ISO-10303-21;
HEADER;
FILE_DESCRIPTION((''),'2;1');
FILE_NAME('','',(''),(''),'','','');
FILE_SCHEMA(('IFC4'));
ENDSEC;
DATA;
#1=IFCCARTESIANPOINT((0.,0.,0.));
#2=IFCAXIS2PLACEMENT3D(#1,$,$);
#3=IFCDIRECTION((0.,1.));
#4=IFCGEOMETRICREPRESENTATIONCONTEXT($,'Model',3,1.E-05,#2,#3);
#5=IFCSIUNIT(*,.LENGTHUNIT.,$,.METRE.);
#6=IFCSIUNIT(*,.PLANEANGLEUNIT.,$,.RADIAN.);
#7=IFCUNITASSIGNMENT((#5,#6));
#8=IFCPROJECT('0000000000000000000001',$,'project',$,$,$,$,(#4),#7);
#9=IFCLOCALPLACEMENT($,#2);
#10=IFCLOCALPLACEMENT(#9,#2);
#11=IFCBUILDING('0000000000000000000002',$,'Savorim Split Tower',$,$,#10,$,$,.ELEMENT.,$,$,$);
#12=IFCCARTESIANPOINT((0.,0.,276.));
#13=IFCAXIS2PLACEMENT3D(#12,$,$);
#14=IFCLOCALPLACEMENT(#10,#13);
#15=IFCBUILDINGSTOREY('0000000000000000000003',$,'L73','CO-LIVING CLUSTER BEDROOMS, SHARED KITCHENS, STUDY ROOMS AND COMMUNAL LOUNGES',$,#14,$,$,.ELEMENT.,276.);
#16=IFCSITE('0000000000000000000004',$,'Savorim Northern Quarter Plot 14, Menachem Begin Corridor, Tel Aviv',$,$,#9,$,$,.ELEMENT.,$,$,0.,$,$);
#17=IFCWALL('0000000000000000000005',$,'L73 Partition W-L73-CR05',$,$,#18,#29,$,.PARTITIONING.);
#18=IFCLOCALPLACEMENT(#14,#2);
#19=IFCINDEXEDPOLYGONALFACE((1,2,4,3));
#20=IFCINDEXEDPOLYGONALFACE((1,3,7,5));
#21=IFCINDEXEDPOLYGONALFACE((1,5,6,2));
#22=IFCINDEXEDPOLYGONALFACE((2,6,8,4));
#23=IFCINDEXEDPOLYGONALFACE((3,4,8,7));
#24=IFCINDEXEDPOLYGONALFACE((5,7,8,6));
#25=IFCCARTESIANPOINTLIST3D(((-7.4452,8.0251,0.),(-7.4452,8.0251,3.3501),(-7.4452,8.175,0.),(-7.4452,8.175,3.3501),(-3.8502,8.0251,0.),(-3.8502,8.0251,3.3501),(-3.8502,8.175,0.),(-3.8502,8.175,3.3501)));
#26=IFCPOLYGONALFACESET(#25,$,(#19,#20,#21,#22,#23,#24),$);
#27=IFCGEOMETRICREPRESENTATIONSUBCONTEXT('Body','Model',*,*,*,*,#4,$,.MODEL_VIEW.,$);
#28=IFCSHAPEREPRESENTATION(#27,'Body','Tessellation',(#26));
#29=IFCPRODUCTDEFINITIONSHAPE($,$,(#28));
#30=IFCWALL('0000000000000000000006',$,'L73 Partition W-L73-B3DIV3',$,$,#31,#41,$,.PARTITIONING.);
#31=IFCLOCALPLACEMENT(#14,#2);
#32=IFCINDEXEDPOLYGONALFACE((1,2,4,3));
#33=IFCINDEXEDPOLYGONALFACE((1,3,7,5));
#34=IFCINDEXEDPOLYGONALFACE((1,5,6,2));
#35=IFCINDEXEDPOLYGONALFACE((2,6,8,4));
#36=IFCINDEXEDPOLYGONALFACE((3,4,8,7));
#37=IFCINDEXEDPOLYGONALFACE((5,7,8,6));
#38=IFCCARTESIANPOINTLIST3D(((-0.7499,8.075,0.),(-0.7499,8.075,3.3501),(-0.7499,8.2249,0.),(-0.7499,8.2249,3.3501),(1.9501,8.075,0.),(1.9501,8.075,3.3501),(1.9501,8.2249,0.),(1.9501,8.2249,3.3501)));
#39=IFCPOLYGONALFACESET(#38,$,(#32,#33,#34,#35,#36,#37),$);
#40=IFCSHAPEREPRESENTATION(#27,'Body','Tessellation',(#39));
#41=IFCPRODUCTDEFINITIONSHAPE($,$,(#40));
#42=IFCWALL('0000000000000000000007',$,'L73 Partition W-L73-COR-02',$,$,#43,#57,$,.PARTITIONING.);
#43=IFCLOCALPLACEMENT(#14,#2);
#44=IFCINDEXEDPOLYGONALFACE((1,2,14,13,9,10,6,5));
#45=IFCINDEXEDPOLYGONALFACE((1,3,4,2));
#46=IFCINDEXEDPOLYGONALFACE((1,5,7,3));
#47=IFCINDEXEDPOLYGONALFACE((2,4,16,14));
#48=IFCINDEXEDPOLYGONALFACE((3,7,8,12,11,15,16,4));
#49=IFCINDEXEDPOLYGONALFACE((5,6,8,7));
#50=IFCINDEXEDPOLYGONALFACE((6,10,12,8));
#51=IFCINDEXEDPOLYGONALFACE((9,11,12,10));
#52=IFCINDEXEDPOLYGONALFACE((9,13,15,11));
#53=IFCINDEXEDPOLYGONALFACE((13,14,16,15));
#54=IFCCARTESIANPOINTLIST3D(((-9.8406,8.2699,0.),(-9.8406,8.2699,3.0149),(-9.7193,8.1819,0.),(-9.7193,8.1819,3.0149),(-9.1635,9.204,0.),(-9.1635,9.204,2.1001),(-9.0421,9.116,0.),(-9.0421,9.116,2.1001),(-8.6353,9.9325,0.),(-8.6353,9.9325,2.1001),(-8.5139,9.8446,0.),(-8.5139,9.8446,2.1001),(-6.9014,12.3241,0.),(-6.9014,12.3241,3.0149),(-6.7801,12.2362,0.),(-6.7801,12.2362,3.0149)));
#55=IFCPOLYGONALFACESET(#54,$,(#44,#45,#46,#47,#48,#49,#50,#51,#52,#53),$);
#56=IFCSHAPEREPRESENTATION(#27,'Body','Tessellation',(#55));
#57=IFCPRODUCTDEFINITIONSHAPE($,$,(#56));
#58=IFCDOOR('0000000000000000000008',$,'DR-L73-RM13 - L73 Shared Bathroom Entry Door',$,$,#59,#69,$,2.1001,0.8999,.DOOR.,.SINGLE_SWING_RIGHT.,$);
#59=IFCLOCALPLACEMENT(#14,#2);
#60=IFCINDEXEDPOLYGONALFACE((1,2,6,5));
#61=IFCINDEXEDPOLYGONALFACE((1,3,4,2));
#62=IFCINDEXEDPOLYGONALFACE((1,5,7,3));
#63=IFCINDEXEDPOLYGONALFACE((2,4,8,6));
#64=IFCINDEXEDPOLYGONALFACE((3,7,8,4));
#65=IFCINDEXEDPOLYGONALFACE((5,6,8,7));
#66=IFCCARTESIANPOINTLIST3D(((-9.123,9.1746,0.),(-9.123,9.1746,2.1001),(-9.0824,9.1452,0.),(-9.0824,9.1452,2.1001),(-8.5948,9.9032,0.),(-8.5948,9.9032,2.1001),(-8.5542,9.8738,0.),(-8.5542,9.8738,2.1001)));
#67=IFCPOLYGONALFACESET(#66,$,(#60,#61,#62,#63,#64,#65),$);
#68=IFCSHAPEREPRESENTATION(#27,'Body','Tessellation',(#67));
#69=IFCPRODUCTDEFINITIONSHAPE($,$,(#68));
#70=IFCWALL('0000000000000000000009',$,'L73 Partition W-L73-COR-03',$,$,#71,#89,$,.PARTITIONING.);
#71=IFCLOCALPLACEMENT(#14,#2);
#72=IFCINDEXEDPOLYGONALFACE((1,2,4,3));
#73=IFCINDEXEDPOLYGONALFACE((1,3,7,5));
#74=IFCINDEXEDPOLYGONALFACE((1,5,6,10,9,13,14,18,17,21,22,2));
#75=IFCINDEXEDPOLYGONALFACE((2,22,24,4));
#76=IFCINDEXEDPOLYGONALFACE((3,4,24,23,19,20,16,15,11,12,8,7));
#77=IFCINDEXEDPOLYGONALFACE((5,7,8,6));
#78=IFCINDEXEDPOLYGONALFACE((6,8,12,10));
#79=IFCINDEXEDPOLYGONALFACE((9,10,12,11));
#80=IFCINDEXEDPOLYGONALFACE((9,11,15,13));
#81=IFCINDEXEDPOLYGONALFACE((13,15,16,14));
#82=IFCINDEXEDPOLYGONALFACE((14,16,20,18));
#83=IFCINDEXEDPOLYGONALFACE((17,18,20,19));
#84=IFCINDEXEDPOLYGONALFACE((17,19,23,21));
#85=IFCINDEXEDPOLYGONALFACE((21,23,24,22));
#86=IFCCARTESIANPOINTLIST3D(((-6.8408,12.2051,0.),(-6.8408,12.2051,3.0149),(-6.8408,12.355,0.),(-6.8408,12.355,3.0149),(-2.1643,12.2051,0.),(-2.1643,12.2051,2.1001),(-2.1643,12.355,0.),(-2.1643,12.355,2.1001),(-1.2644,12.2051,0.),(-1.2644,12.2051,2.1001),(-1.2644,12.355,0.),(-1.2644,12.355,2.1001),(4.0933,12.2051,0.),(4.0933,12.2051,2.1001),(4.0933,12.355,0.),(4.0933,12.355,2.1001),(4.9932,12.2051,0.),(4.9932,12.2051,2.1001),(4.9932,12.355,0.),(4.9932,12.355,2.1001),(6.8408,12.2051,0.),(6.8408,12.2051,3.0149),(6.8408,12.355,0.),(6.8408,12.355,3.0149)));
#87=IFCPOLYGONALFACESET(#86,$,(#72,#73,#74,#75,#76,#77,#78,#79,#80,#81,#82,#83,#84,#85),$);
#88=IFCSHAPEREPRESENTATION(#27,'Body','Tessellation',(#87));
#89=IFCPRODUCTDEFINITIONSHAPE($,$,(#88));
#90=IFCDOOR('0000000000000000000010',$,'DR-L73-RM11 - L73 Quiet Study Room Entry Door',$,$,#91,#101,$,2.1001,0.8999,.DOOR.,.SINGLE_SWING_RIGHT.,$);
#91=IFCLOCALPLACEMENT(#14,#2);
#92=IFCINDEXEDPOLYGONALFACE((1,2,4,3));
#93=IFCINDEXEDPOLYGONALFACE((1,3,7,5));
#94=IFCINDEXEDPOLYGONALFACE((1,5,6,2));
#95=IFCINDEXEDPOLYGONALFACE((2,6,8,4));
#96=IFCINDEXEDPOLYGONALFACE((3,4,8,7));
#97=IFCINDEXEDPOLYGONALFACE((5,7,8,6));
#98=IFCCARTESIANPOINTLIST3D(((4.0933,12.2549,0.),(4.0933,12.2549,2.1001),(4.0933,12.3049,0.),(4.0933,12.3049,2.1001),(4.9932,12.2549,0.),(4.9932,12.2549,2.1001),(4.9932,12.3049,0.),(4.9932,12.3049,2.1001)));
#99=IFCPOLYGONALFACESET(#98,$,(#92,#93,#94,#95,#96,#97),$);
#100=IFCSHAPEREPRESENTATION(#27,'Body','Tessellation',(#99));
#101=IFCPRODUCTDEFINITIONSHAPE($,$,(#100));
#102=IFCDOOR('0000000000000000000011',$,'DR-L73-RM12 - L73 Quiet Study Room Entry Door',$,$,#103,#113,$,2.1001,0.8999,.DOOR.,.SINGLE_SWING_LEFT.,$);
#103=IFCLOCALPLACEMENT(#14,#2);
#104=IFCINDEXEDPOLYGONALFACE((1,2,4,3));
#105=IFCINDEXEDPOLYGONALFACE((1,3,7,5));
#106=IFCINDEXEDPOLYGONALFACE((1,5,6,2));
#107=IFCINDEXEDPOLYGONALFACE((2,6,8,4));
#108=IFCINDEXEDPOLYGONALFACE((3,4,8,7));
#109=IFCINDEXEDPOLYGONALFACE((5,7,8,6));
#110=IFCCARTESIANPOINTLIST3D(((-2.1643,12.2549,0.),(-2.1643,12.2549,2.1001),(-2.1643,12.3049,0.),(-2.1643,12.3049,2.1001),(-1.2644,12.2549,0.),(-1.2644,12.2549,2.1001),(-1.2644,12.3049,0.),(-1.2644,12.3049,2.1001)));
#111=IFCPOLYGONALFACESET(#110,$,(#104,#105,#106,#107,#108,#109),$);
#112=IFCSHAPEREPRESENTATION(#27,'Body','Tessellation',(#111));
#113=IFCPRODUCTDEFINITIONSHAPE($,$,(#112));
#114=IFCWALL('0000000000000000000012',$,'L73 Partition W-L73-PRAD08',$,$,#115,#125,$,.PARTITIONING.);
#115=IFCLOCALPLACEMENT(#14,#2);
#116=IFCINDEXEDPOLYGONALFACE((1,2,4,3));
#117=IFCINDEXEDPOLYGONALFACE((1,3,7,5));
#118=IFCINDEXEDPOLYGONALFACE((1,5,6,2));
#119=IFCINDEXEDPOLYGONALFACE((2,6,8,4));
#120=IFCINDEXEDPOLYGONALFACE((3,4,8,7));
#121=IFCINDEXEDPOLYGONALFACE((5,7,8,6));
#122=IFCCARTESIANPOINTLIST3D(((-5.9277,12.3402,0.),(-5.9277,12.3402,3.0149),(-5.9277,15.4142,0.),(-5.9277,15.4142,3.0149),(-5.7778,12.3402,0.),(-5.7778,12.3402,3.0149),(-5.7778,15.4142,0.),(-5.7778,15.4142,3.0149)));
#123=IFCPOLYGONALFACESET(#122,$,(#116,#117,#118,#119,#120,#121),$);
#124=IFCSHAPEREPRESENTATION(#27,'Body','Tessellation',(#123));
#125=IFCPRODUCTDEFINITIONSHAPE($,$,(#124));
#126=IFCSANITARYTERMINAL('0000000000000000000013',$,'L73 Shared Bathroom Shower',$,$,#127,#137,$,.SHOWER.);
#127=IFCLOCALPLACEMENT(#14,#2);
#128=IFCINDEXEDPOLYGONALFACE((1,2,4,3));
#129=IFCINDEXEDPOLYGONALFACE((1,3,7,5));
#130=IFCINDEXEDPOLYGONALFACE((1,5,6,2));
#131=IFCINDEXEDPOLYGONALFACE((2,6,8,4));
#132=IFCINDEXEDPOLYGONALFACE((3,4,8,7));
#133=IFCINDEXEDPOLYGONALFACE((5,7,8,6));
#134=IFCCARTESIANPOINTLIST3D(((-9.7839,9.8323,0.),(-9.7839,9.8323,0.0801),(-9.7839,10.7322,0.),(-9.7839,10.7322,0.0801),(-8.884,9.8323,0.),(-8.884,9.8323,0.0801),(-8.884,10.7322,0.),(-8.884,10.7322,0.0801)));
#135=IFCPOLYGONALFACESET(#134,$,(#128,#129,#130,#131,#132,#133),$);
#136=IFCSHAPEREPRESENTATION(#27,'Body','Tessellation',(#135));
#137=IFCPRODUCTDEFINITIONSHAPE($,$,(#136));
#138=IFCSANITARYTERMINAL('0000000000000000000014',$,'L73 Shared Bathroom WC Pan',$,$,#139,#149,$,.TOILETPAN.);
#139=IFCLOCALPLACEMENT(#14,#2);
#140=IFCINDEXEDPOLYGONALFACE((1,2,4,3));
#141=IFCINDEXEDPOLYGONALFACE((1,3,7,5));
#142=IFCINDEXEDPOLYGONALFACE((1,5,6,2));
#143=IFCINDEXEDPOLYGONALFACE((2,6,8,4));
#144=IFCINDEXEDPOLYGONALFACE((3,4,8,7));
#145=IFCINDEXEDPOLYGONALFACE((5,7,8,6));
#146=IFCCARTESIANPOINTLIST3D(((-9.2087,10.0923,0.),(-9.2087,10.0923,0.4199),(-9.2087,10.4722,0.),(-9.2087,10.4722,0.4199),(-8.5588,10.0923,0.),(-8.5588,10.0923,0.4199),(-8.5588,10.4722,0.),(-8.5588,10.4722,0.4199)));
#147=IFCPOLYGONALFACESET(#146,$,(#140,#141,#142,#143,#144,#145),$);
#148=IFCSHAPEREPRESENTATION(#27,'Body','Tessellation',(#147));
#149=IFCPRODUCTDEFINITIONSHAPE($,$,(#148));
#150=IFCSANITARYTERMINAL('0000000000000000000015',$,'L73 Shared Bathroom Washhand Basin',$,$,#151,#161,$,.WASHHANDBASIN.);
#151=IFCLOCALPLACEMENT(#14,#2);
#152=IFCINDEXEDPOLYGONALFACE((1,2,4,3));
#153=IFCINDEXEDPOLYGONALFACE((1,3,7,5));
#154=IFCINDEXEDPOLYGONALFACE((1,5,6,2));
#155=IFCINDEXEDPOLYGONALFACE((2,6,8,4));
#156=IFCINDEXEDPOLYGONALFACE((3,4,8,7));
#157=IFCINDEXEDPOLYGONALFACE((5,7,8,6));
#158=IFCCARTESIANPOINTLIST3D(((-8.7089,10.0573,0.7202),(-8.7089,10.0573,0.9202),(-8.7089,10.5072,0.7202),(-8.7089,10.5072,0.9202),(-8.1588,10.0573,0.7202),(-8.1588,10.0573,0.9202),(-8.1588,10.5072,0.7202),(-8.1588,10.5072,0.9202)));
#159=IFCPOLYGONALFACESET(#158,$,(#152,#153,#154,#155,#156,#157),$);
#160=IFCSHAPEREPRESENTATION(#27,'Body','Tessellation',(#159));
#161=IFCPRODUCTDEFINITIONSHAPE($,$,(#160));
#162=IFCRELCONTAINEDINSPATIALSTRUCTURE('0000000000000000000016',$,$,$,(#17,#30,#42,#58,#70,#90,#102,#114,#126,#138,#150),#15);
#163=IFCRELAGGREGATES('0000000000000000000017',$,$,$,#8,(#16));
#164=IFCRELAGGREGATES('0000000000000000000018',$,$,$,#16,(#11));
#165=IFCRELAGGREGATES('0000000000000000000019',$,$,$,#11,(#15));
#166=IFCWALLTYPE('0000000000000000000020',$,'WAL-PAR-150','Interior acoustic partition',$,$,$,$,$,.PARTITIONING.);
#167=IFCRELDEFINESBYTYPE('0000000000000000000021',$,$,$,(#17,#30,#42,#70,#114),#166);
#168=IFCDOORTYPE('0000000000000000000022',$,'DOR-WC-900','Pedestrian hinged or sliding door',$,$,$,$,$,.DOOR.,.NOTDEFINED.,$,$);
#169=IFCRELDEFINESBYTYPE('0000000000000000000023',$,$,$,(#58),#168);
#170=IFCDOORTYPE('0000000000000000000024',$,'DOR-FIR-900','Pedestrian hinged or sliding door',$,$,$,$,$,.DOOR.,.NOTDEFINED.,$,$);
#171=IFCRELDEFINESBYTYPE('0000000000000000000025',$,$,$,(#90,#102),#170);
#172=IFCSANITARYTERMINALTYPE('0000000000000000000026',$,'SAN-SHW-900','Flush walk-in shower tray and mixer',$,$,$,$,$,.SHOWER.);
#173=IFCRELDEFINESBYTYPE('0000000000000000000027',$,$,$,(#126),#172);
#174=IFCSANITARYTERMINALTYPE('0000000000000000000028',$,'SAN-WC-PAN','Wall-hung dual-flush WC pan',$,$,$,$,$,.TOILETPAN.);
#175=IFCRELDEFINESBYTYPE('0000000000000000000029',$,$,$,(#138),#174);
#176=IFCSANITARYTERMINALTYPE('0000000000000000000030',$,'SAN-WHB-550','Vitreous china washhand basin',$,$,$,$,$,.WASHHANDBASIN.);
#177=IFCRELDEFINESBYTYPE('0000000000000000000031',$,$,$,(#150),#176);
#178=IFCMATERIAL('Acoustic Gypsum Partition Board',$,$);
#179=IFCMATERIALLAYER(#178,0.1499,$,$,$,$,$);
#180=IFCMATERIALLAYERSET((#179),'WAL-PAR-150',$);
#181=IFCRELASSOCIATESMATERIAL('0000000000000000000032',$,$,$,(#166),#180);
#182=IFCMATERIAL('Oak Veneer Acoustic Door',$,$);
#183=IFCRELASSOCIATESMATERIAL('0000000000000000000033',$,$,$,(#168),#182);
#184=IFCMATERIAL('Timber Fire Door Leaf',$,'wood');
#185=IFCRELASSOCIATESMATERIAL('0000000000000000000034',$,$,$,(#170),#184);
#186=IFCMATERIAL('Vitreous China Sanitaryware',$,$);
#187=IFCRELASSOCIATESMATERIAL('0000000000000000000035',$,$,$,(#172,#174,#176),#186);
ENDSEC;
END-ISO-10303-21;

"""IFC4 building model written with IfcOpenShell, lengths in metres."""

from ifc_helpers import new_model, si_unit, direction, frame, frame_2d, origin, origin_2d, place, context, subcontext, project, spatial, rectangle, extrude, material, layer, layer_set, type_object, element, fill, save


model = new_model("IFC4")

# Units and contexts
model_context = context("Model", 3, precision=1e-05, world=origin(), true_north=direction((0.0, 1.0)))
body_context = subcontext(model_context, "Body", "Model", "MODEL_VIEW")
ifc_project = project(units=[si_unit("LENGTHUNIT", "METRE"), si_unit("PLANEANGLEUNIT", "RADIAN")], contexts=[model_context])

# Site, building, storey
site_placement = place(None, origin())
site = spatial("IfcSite", under=ifc_project, at=site_placement, Name="Savorim Northern Quarter Plot 14, Menachem Begin Corridor, Tel Aviv", CompositionType="ELEMENT", RefElevation=0.0)
building_placement = place(site_placement, origin())
building = spatial("IfcBuilding", under=site, at=building_placement, Name="Savorim Split Tower", CompositionType="ELEMENT")
storey_placement = place(building_placement, frame((0.0, 0.0, 276.0)))
storey = spatial("IfcBuildingStorey", under=building, at=storey_placement, Name="L73", Description="CO-LIVING CLUSTER BEDROOMS, SHARED KITCHENS, STUDY ROOMS AND COMMUNAL LOUNGES", CompositionType="ELEMENT", Elevation=276.0)

# Walls
ifc_material_1 = material(Name="Acoustic Gypsum Partition Board")
ifc_layer_1 = layer(ifc_material_1, 0.1499)
ifc_layer_set_1 = layer_set([ifc_layer_1], Name="WAL-PAR-150")
wall_type_1 = type_object("IfcWallType", Name="WAL-PAR-150", Description="Interior acoustic partition", PredefinedType="PARTITIONING", material=ifc_layer_set_1)
wall_1_placement = place(storey_placement, frame((-7.4451, 8.1001, 0.0), z_axis=(0.0, 0.0, 1.0), x_axis=(1.0, 0.0, 0.0)))
element("IfcWall", 1, at=wall_1_placement, inside=storey, type_object=wall_type_1, Name="L73 Partition W-L73-CR05", PredefinedType="PARTITIONING", context=body_context, shape_type="SweptSolid", body=[
    extrude(rectangle(XDim=3.595, YDim=0.1499, at=frame_2d((1.7974, 0.0))), origin(), (0.0, 0.0, 1.0), 3.3501),
])
wall_2_placement = place(storey_placement, frame((-0.75, 8.1499, 0.0), z_axis=(0.0, 0.0, 1.0), x_axis=(1.0, 0.0, 0.0)))
element("IfcWall", 2, at=wall_2_placement, inside=storey, type_object=wall_type_1, Name="L73 Partition W-L73-B3DIV3", PredefinedType="PARTITIONING", context=body_context, shape_type="SweptSolid", body=[
    extrude(rectangle(XDim=2.7, YDim=0.1499, at=frame_2d((1.3501, 0.0))), origin(), (0.0, 0.0, 1.0), 3.3501),
])

# Wall, opening, door
wall_3_placement = place(storey_placement, frame((-9.78, 8.2258, 0.0), z_axis=(0.0, 0.0, 1.0), x_axis=(0.586956, 0.809619, 0.0)))
wall_3 = element("IfcWall", 3, at=wall_3_placement, inside=storey, type_object=wall_type_1, Name="L73 Partition W-L73-COR-02", PredefinedType="PARTITIONING", context=body_context, shape_type="SweptSolid", body=[
    extrude(rectangle(XDim=5.0076, YDim=0.1499, at=frame_2d((2.5039, 0.0))), origin(), (0.0, 0.0, 1.0), 3.0149),
])
opening_1_placement = place(wall_3_placement, frame((1.1538, 0.0, 0.0)))
opening_1 = element("IfcOpeningElement", 4, at=opening_1_placement, cuts=wall_3, PredefinedType="OPENING", context=body_context, shape_type="SweptSolid", body=[
    extrude(rectangle(XDim=0.8999, YDim=2.1001, at=frame_2d((0.45, 1.05))), frame((0.0, 0.085, 0.0), z_axis=(0.0, -1.0, 0.0), x_axis=(1.0, 0.0, 0.0)), (0.0, 0.0, 1.0), 0.1699),
])
ifc_material_2 = material(Name="Oak Veneer Acoustic Door")
door_type_1 = type_object("IfcDoorType", Name="DOR-WC-900", Description="Pedestrian hinged or sliding door", OperationType="NOTDEFINED", PredefinedType="DOOR", material=ifc_material_2)
door_1_placement = place(opening_1_placement, origin())
door_1 = element("IfcDoor", 5, at=door_1_placement, inside=storey, type_object=door_type_1, Name="DR-L73-RM13 - L73 Shared Bathroom Entry Door", OperationType="SINGLE_SWING_RIGHT", OverallHeight=2.1001, OverallWidth=0.8999, PredefinedType="DOOR", context=body_context, shape_type="SweptSolid", body=[
    extrude(rectangle(XDim=0.8999, YDim=2.1001, at=frame_2d((0.45, 1.05))), frame((0.0, 0.0249, 0.0), z_axis=(0.0, -1.0, 0.0), x_axis=(1.0, 0.0, 0.0)), (0.0, 0.0, 1.0), 0.05),
])
fill(opening_1, door_1)

# Wall, openings, doors
wall_4_placement = place(storey_placement, frame((-6.8408, 12.28, 0.0), z_axis=(0.0, 0.0, 1.0), x_axis=(1.0, 0.0, 0.0)))
wall_4 = element("IfcWall", 6, at=wall_4_placement, inside=storey, type_object=wall_type_1, Name="L73 Partition W-L73-COR-03", PredefinedType="PARTITIONING", context=body_context, shape_type="SweptSolid", body=[
    extrude(rectangle(XDim=13.6816, YDim=0.1499, at=frame_2d((6.8408, 0.0))), origin(), (0.0, 0.0, 1.0), 3.0149),
])
opening_2_placement = place(wall_4_placement, frame((10.9341, 0.0, 0.0)))
opening_2 = element("IfcOpeningElement", 7, at=opening_2_placement, cuts=wall_4, PredefinedType="OPENING", context=body_context, shape_type="SweptSolid", body=[
    extrude(rectangle(XDim=0.8999, YDim=2.1001, at=frame_2d((0.45, 1.05))), frame((0.0, 0.085, 0.0), z_axis=(0.0, -1.0, 0.0), x_axis=(1.0, 0.0, 0.0)), (0.0, 0.0, 1.0), 0.1699),
])
opening_3_placement = place(wall_4_placement, frame((4.6765, 0.0, 0.0)))
opening_3 = element("IfcOpeningElement", 8, at=opening_3_placement, cuts=wall_4, PredefinedType="OPENING", context=body_context, shape_type="SweptSolid", body=[
    extrude(rectangle(XDim=0.8999, YDim=2.1001, at=frame_2d((0.45, 1.05))), frame((0.0, 0.085, 0.0), z_axis=(0.0, -1.0, 0.0), x_axis=(1.0, 0.0, 0.0)), (0.0, 0.0, 1.0), 0.1699),
])
ifc_material_3 = material(Name="Timber Fire Door Leaf", Category="wood")
door_type_2 = type_object("IfcDoorType", Name="DOR-FIR-900", Description="Pedestrian hinged or sliding door", OperationType="NOTDEFINED", PredefinedType="DOOR", material=ifc_material_3)
door_2_placement = place(opening_2_placement, origin())
door_2 = element("IfcDoor", 9, at=door_2_placement, inside=storey, type_object=door_type_2, Name="DR-L73-RM11 - L73 Quiet Study Room Entry Door", OperationType="SINGLE_SWING_RIGHT", OverallHeight=2.1001, OverallWidth=0.8999, PredefinedType="DOOR", context=body_context, shape_type="SweptSolid", body=[
    extrude(rectangle(XDim=0.8999, YDim=2.1001, at=frame_2d((0.45, 1.05))), frame((0.0, 0.0249, 0.0), z_axis=(0.0, -1.0, 0.0), x_axis=(1.0, 0.0, 0.0)), (0.0, 0.0, 1.0), 0.05),
])
fill(opening_2, door_2)
door_3_placement = place(opening_3_placement, origin())
door_3 = element("IfcDoor", 10, at=door_3_placement, inside=storey, type_object=door_type_2, Name="DR-L73-RM12 - L73 Quiet Study Room Entry Door", OperationType="SINGLE_SWING_LEFT", OverallHeight=2.1001, OverallWidth=0.8999, PredefinedType="DOOR", context=body_context, shape_type="SweptSolid", body=[
    extrude(rectangle(XDim=0.8999, YDim=2.1001, at=frame_2d((0.45, 1.05))), frame((0.0, 0.0249, 0.0), z_axis=(0.0, -1.0, 0.0), x_axis=(1.0, 0.0, 0.0)), (0.0, 0.0, 1.0), 0.05),
])
fill(opening_3, door_3)

# Wall
wall_5_placement = place(storey_placement, frame((-5.8528, 12.3401, 0.0), z_axis=(0.0, 0.0, 1.0), x_axis=(0.0, 1.0, 0.0)))
element("IfcWall", 11, at=wall_5_placement, inside=storey, type_object=wall_type_1, Name="L73 Partition W-L73-PRAD08", PredefinedType="PARTITIONING", context=body_context, shape_type="SweptSolid", body=[
    extrude(rectangle(XDim=3.074, YDim=0.1499, at=frame_2d((1.5371, 0.0))), origin(), (0.0, 0.0, 1.0), 3.0149),
])

# Sanitary terminals
ifc_material_4 = material(Name="Vitreous China Sanitaryware")
sanitary_terminal_type_1 = type_object("IfcSanitaryTerminalType", Name="SAN-SHW-900", Description="Flush walk-in shower tray and mixer", PredefinedType="SHOWER", material=ifc_material_4)
sanitary_terminal_1_placement = place(storey_placement, frame((-9.334, 10.2822, 0.0), z_axis=(0.0, 0.0, 1.0), x_axis=(1.0, 0.0, 0.0)))
element("IfcSanitaryTerminal", 12, at=sanitary_terminal_1_placement, inside=storey, type_object=sanitary_terminal_type_1, Name="L73 Shared Bathroom Shower", PredefinedType="SHOWER", context=body_context, shape_type="SweptSolid", body=[
    extrude(rectangle(XDim=0.8999, YDim=0.8999, at=origin_2d()), origin(), (0.0, 0.0, 1.0), 0.0801),
])
sanitary_terminal_type_2 = type_object("IfcSanitaryTerminalType", Name="SAN-WC-PAN", Description="Wall-hung dual-flush WC pan", PredefinedType="TOILETPAN", material=ifc_material_4)
sanitary_terminal_2_placement = place(storey_placement, frame((-8.8838, 10.2822, 0.0), z_axis=(0.0, 0.0, 1.0), x_axis=(1.0, 0.0, 0.0)))
element("IfcSanitaryTerminal", 13, at=sanitary_terminal_2_placement, inside=storey, type_object=sanitary_terminal_type_2, Name="L73 Shared Bathroom WC Pan", PredefinedType="TOILETPAN", context=body_context, shape_type="SweptSolid", body=[
    extrude(rectangle(XDim=0.6499, YDim=0.3799, at=origin_2d()), origin(), (0.0, 0.0, 1.0), 0.4199),
])
sanitary_terminal_type_3 = type_object("IfcSanitaryTerminalType", Name="SAN-WHB-550", Description="Vitreous china washhand basin", PredefinedType="WASHHANDBASIN", material=ifc_material_4)
sanitary_terminal_3_placement = place(storey_placement, frame((-8.4338, 10.2822, 0.7202), z_axis=(0.0, 0.0, 1.0), x_axis=(1.0, 0.0, 0.0)))
element("IfcSanitaryTerminal", 14, at=sanitary_terminal_3_placement, inside=storey, type_object=sanitary_terminal_type_3, Name="L73 Shared Bathroom Washhand Basin", PredefinedType="WASHHANDBASIN", context=body_context, shape_type="SweptSolid", body=[
    extrude(rectangle(XDim=0.55, YDim=0.45, at=origin_2d()), origin(), (0.0, 0.0, 1.0), 0.2),
])

save(model, "model.ifc")
